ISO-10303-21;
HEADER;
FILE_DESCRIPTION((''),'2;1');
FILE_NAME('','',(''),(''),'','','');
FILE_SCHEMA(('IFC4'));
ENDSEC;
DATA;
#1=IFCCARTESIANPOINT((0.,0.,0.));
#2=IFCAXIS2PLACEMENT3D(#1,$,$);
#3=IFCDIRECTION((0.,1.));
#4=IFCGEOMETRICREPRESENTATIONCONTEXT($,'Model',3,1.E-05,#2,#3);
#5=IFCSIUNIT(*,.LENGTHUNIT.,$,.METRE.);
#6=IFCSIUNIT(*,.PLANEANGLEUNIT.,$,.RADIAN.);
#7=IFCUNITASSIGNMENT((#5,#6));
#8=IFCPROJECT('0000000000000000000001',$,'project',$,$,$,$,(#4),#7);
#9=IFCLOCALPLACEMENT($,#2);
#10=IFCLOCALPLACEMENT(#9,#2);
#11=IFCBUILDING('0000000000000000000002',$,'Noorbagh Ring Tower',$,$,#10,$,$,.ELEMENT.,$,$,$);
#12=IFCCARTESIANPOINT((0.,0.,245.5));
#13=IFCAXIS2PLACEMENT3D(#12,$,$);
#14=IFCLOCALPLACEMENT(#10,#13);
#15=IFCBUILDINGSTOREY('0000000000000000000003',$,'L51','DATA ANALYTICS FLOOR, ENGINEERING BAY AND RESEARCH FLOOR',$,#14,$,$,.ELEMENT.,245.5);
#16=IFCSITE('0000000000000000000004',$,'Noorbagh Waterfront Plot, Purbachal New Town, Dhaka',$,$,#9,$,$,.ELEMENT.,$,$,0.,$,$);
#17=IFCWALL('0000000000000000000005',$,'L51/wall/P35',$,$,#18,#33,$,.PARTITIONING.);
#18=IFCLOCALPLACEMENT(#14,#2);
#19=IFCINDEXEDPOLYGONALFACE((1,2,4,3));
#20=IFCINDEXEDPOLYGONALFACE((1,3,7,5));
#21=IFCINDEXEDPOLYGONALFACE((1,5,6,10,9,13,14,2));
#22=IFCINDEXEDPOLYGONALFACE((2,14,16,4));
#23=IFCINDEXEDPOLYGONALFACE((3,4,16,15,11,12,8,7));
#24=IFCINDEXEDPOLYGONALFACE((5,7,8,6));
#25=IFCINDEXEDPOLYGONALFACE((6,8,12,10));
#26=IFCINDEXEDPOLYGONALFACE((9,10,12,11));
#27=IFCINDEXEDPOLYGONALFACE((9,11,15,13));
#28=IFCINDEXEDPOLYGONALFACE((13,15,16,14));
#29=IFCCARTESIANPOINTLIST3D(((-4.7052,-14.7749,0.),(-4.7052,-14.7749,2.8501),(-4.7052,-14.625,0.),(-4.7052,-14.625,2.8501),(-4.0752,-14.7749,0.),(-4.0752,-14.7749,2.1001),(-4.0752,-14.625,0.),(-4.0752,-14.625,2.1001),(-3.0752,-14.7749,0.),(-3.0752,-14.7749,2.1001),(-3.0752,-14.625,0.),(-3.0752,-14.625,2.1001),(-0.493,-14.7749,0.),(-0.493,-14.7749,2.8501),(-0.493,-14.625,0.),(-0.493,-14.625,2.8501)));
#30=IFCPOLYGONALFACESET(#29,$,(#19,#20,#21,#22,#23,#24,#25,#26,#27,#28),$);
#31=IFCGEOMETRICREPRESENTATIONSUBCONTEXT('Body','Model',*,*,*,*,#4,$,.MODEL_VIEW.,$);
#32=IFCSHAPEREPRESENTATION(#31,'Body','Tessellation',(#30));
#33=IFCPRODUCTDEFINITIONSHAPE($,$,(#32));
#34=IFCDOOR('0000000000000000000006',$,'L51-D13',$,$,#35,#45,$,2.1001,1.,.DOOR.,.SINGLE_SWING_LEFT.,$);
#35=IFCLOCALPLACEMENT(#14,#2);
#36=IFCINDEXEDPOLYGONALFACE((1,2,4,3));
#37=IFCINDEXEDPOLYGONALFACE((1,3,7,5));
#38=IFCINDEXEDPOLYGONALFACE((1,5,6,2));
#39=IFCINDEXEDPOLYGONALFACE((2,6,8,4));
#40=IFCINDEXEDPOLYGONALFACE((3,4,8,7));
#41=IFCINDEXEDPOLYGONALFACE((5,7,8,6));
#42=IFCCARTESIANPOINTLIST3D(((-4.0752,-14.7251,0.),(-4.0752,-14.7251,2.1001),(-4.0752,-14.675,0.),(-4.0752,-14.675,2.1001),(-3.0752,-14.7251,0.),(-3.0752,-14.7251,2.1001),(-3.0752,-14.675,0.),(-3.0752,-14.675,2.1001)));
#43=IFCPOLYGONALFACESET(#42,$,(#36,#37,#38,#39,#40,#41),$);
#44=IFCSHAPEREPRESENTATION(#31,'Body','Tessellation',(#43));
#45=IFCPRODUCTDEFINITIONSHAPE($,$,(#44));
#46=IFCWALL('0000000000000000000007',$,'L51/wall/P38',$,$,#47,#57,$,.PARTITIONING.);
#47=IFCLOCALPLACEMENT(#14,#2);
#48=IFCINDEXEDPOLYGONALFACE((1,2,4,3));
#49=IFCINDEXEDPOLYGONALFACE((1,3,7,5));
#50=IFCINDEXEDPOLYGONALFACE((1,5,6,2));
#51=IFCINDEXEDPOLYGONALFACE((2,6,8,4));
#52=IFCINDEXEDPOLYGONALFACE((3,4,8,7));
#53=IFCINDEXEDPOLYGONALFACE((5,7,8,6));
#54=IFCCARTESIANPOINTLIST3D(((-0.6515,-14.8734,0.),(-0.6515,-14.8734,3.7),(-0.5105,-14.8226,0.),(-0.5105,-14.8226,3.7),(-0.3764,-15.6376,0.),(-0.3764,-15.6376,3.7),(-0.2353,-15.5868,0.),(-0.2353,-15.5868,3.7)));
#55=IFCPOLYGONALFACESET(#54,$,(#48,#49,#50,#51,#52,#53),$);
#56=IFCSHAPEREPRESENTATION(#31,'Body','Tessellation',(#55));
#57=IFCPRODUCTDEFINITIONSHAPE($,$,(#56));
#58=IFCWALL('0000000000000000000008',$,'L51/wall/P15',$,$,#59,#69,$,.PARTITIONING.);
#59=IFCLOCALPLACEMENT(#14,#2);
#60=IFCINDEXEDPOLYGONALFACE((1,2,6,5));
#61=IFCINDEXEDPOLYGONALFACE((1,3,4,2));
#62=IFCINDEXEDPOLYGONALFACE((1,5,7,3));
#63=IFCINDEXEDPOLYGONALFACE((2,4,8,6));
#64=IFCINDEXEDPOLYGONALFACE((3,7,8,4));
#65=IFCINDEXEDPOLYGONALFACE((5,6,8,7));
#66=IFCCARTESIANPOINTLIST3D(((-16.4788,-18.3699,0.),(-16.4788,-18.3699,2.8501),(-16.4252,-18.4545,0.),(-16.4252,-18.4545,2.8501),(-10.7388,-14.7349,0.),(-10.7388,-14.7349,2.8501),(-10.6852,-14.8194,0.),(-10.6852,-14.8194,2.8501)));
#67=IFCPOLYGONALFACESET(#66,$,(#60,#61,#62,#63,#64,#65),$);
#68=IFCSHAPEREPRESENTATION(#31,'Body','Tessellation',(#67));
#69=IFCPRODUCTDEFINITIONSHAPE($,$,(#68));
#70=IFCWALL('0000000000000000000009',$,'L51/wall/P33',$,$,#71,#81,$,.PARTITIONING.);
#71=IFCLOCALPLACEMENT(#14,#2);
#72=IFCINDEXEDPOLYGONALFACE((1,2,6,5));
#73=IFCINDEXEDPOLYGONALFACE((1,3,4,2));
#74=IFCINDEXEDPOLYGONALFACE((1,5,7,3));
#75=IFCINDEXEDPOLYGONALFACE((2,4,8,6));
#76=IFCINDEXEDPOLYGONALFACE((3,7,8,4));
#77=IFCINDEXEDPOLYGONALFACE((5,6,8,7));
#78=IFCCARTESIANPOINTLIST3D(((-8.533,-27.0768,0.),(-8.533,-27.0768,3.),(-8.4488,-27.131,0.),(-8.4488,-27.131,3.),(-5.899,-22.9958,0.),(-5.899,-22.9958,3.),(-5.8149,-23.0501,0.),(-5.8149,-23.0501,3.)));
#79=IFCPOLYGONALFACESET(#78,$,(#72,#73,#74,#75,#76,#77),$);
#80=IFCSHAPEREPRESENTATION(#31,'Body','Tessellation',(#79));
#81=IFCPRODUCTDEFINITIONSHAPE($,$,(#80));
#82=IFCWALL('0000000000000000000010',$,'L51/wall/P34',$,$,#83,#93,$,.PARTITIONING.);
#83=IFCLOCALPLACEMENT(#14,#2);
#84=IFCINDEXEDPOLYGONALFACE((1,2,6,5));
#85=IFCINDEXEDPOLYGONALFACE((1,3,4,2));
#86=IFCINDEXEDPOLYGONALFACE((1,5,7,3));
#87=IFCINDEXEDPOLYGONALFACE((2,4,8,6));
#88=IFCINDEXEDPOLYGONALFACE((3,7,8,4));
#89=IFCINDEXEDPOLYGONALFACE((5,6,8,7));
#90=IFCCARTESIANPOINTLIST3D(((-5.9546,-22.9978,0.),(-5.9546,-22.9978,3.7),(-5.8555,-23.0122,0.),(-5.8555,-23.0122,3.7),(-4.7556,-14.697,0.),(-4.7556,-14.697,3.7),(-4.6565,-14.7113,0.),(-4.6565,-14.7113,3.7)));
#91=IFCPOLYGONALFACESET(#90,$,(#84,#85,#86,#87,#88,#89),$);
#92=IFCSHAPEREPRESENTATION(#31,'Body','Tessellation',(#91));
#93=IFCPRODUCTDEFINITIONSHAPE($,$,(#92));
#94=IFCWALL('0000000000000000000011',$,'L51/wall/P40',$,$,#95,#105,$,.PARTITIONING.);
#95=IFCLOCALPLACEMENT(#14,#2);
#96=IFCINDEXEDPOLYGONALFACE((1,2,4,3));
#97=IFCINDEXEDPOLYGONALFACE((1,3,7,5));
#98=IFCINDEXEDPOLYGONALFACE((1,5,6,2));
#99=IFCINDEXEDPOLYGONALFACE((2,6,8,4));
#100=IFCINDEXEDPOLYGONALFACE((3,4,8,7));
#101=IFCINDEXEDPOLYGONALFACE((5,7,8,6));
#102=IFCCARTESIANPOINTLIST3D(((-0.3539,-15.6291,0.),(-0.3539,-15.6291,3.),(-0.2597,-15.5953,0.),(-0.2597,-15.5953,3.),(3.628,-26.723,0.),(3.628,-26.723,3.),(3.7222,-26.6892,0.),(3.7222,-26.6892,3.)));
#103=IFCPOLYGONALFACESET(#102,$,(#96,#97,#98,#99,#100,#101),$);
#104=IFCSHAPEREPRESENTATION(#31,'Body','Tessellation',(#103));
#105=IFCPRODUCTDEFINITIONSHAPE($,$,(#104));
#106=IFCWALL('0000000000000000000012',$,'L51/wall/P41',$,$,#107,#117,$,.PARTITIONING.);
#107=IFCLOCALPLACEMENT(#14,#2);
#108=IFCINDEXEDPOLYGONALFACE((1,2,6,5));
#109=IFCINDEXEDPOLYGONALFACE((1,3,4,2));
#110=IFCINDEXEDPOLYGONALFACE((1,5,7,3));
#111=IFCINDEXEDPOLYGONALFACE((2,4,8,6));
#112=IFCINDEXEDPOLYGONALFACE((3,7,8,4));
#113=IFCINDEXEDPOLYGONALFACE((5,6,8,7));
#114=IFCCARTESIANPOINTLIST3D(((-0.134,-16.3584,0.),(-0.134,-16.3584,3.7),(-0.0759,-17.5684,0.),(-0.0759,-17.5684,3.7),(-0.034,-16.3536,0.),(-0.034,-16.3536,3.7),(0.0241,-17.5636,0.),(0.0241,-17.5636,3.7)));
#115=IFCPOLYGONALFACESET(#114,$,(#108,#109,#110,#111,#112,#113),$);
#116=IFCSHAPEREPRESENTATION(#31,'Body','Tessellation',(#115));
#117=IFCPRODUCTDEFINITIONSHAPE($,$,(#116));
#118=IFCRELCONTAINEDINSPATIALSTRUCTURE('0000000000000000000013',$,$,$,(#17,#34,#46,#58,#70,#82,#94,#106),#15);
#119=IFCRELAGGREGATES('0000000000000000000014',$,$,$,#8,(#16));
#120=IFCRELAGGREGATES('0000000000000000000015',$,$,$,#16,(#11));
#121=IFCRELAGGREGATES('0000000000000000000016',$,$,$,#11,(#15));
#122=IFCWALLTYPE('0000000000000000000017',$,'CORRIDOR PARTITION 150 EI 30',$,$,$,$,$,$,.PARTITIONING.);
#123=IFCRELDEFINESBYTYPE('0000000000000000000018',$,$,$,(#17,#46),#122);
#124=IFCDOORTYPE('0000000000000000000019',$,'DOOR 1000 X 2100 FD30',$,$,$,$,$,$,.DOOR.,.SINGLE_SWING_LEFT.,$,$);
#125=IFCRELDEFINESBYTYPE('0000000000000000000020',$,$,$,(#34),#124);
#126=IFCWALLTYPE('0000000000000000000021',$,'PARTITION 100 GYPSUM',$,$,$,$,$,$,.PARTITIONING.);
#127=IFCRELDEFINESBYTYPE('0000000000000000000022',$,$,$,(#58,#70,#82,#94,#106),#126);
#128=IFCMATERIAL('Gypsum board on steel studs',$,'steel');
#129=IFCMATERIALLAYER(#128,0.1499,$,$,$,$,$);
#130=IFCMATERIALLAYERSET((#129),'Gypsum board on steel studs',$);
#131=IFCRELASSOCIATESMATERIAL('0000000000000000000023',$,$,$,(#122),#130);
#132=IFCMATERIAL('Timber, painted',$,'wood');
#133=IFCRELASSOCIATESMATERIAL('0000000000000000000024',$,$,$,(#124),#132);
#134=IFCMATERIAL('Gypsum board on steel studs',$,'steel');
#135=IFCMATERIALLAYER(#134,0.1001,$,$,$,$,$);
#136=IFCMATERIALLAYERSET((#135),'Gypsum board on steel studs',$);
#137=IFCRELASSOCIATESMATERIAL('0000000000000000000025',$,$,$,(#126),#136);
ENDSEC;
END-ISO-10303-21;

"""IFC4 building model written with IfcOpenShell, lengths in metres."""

from ifc_helpers import new_model, si_unit, direction, frame, frame_2d, origin, place, context, subcontext, project, spatial, rectangle, extrude, material, layer, layer_set, type_object, element, fill, save


model = new_model("IFC4")

# Units and contexts
model_context = context("Model", 3, precision=1e-05, world=origin(), true_north=direction((0.0, 1.0)))
body_context = subcontext(model_context, "Body", "Model", "MODEL_VIEW")
ifc_project = project(units=[si_unit("LENGTHUNIT", "METRE"), si_unit("PLANEANGLEUNIT", "RADIAN")], contexts=[model_context])

# Site, building, storey
site_placement = place(None, origin())
site = spatial("IfcSite", under=ifc_project, at=site_placement, Name="Noorbagh Waterfront Plot, Purbachal New Town, Dhaka", CompositionType="ELEMENT", RefElevation=0.0)
building_placement = place(site_placement, origin())
building = spatial("IfcBuilding", under=site, at=building_placement, Name="Noorbagh Ring Tower", CompositionType="ELEMENT")
storey_placement = place(building_placement, frame((0.0, 0.0, 245.5)))
storey = spatial("IfcBuildingStorey", under=building, at=storey_placement, Name="L51", Description="DATA ANALYTICS FLOOR, ENGINEERING BAY AND RESEARCH FLOOR", CompositionType="ELEMENT", Elevation=245.5)

# Shared definitions
ifc_material_1 = material(Name="Gypsum board on steel studs", Category="steel")
ifc_layer_1 = layer(ifc_material_1, 0.1499)
ifc_layer_set_1 = layer_set([ifc_layer_1], Name="Gypsum board on steel studs")
wall_type_1 = type_object("IfcWallType", Name="CORRIDOR PARTITION 150 EI 30", PredefinedType="PARTITIONING", material=ifc_layer_set_1)

# Wall, opening, door
wall_1_placement = place(storey_placement, frame((-4.7051, -14.7, 0.0), z_axis=(0.0, 0.0, 1.0), x_axis=(1.0, 0.0, 0.0)))
wall_1 = element("IfcWall", 1, at=wall_1_placement, inside=storey, type_object=wall_type_1, Name="L51/wall/P35", PredefinedType="PARTITIONING", context=body_context, shape_type="SweptSolid", body=[
    extrude(rectangle(XDim=4.2122, YDim=0.1499, at=frame_2d((2.106, 0.0))), origin(), (0.0, 0.0, 1.0), 2.8501),
])
opening_placement = place(wall_1_placement, frame((0.6299, 0.0, 0.0)))
opening = element("IfcOpeningElement", 2, at=opening_placement, cuts=wall_1, PredefinedType="OPENING", context=body_context, shape_type="SweptSolid", body=[
    extrude(rectangle(XDim=1.0, YDim=2.1001, at=frame_2d((0.5, 1.05))), frame((0.0, 0.085, 0.0), z_axis=(0.0, -1.0, 0.0), x_axis=(1.0, 0.0, 0.0)), (0.0, 0.0, 1.0), 0.1699),
])
ifc_material_2 = material(Name="Timber, painted", Category="wood")
door_type = type_object("IfcDoorType", Name="DOOR 1000 X 2100 FD30", OperationType="SINGLE_SWING_LEFT", PredefinedType="DOOR", material=ifc_material_2)
door_placement = place(opening_placement, origin())
door = element("IfcDoor", 3, at=door_placement, inside=storey, type_object=door_type, Name="L51-D13", OperationType="SINGLE_SWING_LEFT", OverallHeight=2.1001, OverallWidth=1.0, PredefinedType="DOOR", context=body_context, shape_type="SweptSolid", body=[
    extrude(rectangle(XDim=1.0, YDim=2.1001, at=frame_2d((0.5, 1.05))), frame((0.0, 0.0249, 0.0), z_axis=(0.0, -1.0, 0.0), x_axis=(1.0, 0.0, 0.0)), (0.0, 0.0, 1.0), 0.05),
])
fill(opening, door)

# Walls
wall_2_placement = place(storey_placement, frame((-0.5811, -14.8479, 0.0), z_axis=(0.0, 0.0, 1.0), x_axis=(0.338773, -0.940868, 0.0)))
element("IfcWall", 4, at=wall_2_placement, inside=storey, type_object=wall_type_1, Name="L51/wall/P38", PredefinedType="PARTITIONING", context=body_context, shape_type="SweptSolid", body=[
    extrude(rectangle(XDim=0.8123, YDim=0.1499, at=frame_2d((0.4062, 0.0))), origin(), (0.0, 0.0, 1.0), 3.7),
])
ifc_material_3 = material(Name="Gypsum board on steel studs", Category="steel")
ifc_layer_2 = layer(ifc_material_3, 0.1001)
ifc_layer_set_2 = layer_set([ifc_layer_2], Name="Gypsum board on steel studs")
wall_type_2 = type_object("IfcWallType", Name="PARTITION 100 GYPSUM", PredefinedType="PARTITIONING", material=ifc_layer_set_2)
wall_3_placement = place(storey_placement, frame((-16.4519, -18.4121, 0.0), z_axis=(0.0, 0.0, 1.0), x_axis=(0.84484, 0.535019, 0.0)))
element("IfcWall", 5, at=wall_3_placement, inside=storey, type_object=wall_type_2, Name="L51/wall/P15", PredefinedType="PARTITIONING", context=body_context, shape_type="SweptSolid", body=[
    extrude(rectangle(XDim=6.7942, YDim=0.1001, at=frame_2d((3.397, 0.0))), origin(), (0.0, 0.0, 1.0), 2.8501),
])
wall_4_placement = place(storey_placement, frame((-8.491, -27.104, 0.0), z_axis=(0.0, 0.0, 1.0), x_axis=(0.542286, 0.840194, 0.0)))
element("IfcWall", 6, at=wall_4_placement, inside=storey, type_object=wall_type_2, Name="L51/wall/P33", PredefinedType="PARTITIONING", context=body_context, shape_type="SweptSolid", body=[
    extrude(rectangle(XDim=4.8572, YDim=0.1001, at=frame_2d((2.4287, 0.0))), origin(), (0.0, 0.0, 1.0), 3.0),
])
wall_5_placement = place(storey_placement, frame((-5.905, -23.0049, 0.0), z_axis=(0.0, 0.0, 1.0), x_axis=(0.142958, 0.989729, 0.0)))
element("IfcWall", 7, at=wall_5_placement, inside=storey, type_object=wall_type_2, Name="L51/wall/P34", PredefinedType="PARTITIONING", context=body_context, shape_type="SweptSolid", body=[
    extrude(rectangle(XDim=8.387, YDim=0.1001, at=frame_2d((4.1934, 0.0))), origin(), (0.0, 0.0, 1.0), 3.7),
])
wall_6_placement = place(storey_placement, frame((-0.3069, -15.6121, 0.0), z_axis=(0.0, 0.0, 1.0), x_axis=(0.337825, -0.941209, 0.0)))
element("IfcWall", 8, at=wall_6_placement, inside=storey, type_object=wall_type_2, Name="L51/wall/P40", PredefinedType="PARTITIONING", context=body_context, shape_type="SweptSolid", body=[
    extrude(rectangle(XDim=11.7869, YDim=0.1001, at=frame_2d((5.8936, 0.0))), origin(), (0.0, 0.0, 1.0), 3.0),
])
wall_7_placement = place(storey_placement, frame((-0.084, -16.356, 0.0), z_axis=(0.0, 0.0, 1.0), x_axis=(0.047967, -0.998849, 0.0)))
element("IfcWall", 9, at=wall_7_placement, inside=storey, type_object=wall_type_2, Name="L51/wall/P41", PredefinedType="PARTITIONING", context=body_context, shape_type="SweptSolid", body=[
    extrude(rectangle(XDim=1.2114, YDim=0.1001, at=frame_2d((0.6057, 0.0))), origin(), (0.0, 0.0, 1.0), 3.7),
])

save(model, "model.ifc")
